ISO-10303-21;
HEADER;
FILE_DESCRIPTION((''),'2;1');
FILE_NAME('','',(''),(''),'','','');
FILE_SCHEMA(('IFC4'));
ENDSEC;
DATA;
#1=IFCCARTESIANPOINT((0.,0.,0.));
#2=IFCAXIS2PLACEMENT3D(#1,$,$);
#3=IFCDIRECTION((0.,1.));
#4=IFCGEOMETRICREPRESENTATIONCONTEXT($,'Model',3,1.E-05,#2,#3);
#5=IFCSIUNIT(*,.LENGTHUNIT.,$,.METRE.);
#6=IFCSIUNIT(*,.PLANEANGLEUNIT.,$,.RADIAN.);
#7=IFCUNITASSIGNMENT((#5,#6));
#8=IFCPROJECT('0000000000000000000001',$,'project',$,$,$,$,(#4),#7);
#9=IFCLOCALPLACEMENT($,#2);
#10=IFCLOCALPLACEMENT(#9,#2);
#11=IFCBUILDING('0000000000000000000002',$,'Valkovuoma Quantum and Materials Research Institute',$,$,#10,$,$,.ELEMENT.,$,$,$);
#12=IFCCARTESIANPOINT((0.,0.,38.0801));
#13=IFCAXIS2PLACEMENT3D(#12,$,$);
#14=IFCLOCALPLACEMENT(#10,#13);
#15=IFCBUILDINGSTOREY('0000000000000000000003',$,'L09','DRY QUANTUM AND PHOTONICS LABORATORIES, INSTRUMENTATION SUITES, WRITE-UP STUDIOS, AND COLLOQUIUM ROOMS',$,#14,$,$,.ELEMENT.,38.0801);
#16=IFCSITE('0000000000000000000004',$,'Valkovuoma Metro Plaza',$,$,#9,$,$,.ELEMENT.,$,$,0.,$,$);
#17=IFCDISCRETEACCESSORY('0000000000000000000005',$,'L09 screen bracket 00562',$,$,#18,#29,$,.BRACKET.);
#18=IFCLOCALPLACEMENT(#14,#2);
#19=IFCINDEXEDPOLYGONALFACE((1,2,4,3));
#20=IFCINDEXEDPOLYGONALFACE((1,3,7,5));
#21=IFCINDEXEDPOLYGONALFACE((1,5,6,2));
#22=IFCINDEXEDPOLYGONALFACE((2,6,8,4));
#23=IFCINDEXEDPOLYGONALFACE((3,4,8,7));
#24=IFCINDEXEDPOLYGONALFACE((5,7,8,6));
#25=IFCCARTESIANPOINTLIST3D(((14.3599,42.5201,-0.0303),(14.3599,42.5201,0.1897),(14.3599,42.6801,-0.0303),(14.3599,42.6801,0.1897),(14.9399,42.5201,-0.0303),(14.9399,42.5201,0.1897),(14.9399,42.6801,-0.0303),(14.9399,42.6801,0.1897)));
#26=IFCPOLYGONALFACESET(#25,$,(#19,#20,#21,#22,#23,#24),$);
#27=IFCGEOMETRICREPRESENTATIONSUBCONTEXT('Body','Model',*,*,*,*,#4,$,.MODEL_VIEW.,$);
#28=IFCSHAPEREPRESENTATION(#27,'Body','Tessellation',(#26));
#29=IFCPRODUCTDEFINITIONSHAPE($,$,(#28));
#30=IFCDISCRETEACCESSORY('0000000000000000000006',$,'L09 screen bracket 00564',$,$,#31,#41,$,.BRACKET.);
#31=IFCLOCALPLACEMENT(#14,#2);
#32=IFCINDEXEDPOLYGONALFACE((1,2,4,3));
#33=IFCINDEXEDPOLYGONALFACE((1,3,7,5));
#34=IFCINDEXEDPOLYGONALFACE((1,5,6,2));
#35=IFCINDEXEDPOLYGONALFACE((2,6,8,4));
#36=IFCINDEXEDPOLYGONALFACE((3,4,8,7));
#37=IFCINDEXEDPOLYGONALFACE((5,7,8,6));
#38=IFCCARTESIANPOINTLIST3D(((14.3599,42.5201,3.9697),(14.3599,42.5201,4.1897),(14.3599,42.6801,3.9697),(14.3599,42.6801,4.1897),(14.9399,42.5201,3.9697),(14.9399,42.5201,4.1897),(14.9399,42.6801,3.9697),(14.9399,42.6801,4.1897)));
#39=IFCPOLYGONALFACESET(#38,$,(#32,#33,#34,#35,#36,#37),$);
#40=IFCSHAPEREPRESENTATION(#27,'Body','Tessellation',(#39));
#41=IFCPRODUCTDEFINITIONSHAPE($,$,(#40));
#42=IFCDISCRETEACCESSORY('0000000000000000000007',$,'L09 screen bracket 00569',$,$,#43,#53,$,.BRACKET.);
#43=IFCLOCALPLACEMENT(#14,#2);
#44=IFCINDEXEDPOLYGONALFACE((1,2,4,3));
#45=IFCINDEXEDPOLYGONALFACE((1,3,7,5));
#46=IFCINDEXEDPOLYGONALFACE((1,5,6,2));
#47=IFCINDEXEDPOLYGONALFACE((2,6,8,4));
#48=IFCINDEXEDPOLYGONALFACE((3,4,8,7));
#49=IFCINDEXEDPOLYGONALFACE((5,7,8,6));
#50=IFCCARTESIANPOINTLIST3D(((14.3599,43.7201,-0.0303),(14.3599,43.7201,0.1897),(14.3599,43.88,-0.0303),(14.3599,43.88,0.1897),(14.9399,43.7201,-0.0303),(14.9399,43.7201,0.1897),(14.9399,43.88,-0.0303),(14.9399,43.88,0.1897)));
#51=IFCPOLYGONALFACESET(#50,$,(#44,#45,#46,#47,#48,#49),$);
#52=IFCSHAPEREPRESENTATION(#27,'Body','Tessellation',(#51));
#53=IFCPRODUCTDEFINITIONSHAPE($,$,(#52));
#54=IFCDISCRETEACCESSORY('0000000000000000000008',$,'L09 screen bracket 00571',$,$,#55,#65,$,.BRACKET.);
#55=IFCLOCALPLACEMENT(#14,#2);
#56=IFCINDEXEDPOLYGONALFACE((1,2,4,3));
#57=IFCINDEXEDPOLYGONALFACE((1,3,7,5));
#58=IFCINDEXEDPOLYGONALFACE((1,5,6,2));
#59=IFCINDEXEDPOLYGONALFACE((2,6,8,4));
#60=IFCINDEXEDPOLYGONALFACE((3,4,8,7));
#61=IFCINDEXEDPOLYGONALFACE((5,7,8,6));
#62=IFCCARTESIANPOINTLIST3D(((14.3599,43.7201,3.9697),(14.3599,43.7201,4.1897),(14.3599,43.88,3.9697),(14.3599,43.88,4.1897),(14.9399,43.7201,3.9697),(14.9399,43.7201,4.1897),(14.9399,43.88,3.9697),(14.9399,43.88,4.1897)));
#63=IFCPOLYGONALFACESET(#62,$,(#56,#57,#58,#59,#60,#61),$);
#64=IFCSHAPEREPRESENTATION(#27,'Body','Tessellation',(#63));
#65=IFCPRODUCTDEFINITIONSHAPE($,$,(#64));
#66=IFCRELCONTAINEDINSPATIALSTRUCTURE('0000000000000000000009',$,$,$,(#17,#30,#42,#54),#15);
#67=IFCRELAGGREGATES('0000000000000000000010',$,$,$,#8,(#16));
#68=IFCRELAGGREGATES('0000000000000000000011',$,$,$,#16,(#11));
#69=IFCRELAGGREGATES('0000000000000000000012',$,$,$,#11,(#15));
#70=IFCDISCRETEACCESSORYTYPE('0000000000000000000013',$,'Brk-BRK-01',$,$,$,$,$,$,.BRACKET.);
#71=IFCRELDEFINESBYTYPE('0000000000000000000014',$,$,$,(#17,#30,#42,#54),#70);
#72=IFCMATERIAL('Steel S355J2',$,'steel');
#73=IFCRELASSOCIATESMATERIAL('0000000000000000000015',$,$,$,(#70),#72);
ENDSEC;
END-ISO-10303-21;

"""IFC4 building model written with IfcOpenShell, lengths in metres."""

from ifc_helpers import new_model, si_unit, direction, frame, origin, origin_2d, place, context, subcontext, project, spatial, rectangle, extrude, material, type_object, element, save


model = new_model("IFC4")

# Units and contexts
model_context = context("Model", 3, precision=1e-05, world=origin(), true_north=direction((0.0, 1.0)))
body_context = subcontext(model_context, "Body", "Model", "MODEL_VIEW")
ifc_project = project(units=[si_unit("LENGTHUNIT", "METRE"), si_unit("PLANEANGLEUNIT", "RADIAN")], contexts=[model_context])

# Site, building, storey
site_placement = place(None, origin())
site = spatial("IfcSite", under=ifc_project, at=site_placement, Name="Valkovuoma Metro Plaza", CompositionType="ELEMENT", RefElevation=0.0)
building_placement = place(site_placement, origin())
building = spatial("IfcBuilding", under=site, at=building_placement, Name="Valkovuoma Quantum and Materials Research Institute", CompositionType="ELEMENT")
storey_placement = place(building_placement, frame((0.0, 0.0, 38.0801)))
storey = spatial("IfcBuildingStorey", under=building, at=storey_placement, Name="L09", Description="DRY QUANTUM AND PHOTONICS LABORATORIES, INSTRUMENTATION SUITES, WRITE-UP STUDIOS, AND COLLOQUIUM ROOMS", CompositionType="ELEMENT", Elevation=38.0801)

# Discrete accessories
ifc_material_1 = material(Name="Steel S355J2", Category="steel")
discrete_accessory_type = type_object("IfcDiscreteAccessoryType", Name="Brk-BRK-01", PredefinedType="BRACKET", material=ifc_material_1)
for number, where, z_axis, x_axis, name in (
    (1, (14.6499, 42.6001, -0.0303), (0.0, 0.0, 1.0), (1.0, 0.0, 0.0), "L09 screen bracket 00562"),
    (2, (14.6499, 42.6001, 3.9697), (0.0, 0.0, 1.0), (1.0, 0.0, 0.0), "L09 screen bracket 00564"),
    (3, (14.6499, 43.8, -0.0303), (0.0, 0.0, 1.0), (1.0, 0.0, 0.0), "L09 screen bracket 00569"),
    (4, (14.6499, 43.8, 3.9697), (0.0, 0.0, 1.0), (1.0, 0.0, 0.0), "L09 screen bracket 00571"),
):
    element("IfcDiscreteAccessory", number, at=place(storey_placement, frame(where, z_axis=z_axis, x_axis=x_axis)), inside=storey, type_object=discrete_accessory_type, Name=name, PredefinedType="BRACKET", context=body_context, shape_type="SweptSolid", body=[
        extrude(rectangle(XDim=0.5801, YDim=0.1599, at=origin_2d()), origin(), (0.0, 0.0, 1.0), 0.22),
    ])

save(model, "model.ifc")
